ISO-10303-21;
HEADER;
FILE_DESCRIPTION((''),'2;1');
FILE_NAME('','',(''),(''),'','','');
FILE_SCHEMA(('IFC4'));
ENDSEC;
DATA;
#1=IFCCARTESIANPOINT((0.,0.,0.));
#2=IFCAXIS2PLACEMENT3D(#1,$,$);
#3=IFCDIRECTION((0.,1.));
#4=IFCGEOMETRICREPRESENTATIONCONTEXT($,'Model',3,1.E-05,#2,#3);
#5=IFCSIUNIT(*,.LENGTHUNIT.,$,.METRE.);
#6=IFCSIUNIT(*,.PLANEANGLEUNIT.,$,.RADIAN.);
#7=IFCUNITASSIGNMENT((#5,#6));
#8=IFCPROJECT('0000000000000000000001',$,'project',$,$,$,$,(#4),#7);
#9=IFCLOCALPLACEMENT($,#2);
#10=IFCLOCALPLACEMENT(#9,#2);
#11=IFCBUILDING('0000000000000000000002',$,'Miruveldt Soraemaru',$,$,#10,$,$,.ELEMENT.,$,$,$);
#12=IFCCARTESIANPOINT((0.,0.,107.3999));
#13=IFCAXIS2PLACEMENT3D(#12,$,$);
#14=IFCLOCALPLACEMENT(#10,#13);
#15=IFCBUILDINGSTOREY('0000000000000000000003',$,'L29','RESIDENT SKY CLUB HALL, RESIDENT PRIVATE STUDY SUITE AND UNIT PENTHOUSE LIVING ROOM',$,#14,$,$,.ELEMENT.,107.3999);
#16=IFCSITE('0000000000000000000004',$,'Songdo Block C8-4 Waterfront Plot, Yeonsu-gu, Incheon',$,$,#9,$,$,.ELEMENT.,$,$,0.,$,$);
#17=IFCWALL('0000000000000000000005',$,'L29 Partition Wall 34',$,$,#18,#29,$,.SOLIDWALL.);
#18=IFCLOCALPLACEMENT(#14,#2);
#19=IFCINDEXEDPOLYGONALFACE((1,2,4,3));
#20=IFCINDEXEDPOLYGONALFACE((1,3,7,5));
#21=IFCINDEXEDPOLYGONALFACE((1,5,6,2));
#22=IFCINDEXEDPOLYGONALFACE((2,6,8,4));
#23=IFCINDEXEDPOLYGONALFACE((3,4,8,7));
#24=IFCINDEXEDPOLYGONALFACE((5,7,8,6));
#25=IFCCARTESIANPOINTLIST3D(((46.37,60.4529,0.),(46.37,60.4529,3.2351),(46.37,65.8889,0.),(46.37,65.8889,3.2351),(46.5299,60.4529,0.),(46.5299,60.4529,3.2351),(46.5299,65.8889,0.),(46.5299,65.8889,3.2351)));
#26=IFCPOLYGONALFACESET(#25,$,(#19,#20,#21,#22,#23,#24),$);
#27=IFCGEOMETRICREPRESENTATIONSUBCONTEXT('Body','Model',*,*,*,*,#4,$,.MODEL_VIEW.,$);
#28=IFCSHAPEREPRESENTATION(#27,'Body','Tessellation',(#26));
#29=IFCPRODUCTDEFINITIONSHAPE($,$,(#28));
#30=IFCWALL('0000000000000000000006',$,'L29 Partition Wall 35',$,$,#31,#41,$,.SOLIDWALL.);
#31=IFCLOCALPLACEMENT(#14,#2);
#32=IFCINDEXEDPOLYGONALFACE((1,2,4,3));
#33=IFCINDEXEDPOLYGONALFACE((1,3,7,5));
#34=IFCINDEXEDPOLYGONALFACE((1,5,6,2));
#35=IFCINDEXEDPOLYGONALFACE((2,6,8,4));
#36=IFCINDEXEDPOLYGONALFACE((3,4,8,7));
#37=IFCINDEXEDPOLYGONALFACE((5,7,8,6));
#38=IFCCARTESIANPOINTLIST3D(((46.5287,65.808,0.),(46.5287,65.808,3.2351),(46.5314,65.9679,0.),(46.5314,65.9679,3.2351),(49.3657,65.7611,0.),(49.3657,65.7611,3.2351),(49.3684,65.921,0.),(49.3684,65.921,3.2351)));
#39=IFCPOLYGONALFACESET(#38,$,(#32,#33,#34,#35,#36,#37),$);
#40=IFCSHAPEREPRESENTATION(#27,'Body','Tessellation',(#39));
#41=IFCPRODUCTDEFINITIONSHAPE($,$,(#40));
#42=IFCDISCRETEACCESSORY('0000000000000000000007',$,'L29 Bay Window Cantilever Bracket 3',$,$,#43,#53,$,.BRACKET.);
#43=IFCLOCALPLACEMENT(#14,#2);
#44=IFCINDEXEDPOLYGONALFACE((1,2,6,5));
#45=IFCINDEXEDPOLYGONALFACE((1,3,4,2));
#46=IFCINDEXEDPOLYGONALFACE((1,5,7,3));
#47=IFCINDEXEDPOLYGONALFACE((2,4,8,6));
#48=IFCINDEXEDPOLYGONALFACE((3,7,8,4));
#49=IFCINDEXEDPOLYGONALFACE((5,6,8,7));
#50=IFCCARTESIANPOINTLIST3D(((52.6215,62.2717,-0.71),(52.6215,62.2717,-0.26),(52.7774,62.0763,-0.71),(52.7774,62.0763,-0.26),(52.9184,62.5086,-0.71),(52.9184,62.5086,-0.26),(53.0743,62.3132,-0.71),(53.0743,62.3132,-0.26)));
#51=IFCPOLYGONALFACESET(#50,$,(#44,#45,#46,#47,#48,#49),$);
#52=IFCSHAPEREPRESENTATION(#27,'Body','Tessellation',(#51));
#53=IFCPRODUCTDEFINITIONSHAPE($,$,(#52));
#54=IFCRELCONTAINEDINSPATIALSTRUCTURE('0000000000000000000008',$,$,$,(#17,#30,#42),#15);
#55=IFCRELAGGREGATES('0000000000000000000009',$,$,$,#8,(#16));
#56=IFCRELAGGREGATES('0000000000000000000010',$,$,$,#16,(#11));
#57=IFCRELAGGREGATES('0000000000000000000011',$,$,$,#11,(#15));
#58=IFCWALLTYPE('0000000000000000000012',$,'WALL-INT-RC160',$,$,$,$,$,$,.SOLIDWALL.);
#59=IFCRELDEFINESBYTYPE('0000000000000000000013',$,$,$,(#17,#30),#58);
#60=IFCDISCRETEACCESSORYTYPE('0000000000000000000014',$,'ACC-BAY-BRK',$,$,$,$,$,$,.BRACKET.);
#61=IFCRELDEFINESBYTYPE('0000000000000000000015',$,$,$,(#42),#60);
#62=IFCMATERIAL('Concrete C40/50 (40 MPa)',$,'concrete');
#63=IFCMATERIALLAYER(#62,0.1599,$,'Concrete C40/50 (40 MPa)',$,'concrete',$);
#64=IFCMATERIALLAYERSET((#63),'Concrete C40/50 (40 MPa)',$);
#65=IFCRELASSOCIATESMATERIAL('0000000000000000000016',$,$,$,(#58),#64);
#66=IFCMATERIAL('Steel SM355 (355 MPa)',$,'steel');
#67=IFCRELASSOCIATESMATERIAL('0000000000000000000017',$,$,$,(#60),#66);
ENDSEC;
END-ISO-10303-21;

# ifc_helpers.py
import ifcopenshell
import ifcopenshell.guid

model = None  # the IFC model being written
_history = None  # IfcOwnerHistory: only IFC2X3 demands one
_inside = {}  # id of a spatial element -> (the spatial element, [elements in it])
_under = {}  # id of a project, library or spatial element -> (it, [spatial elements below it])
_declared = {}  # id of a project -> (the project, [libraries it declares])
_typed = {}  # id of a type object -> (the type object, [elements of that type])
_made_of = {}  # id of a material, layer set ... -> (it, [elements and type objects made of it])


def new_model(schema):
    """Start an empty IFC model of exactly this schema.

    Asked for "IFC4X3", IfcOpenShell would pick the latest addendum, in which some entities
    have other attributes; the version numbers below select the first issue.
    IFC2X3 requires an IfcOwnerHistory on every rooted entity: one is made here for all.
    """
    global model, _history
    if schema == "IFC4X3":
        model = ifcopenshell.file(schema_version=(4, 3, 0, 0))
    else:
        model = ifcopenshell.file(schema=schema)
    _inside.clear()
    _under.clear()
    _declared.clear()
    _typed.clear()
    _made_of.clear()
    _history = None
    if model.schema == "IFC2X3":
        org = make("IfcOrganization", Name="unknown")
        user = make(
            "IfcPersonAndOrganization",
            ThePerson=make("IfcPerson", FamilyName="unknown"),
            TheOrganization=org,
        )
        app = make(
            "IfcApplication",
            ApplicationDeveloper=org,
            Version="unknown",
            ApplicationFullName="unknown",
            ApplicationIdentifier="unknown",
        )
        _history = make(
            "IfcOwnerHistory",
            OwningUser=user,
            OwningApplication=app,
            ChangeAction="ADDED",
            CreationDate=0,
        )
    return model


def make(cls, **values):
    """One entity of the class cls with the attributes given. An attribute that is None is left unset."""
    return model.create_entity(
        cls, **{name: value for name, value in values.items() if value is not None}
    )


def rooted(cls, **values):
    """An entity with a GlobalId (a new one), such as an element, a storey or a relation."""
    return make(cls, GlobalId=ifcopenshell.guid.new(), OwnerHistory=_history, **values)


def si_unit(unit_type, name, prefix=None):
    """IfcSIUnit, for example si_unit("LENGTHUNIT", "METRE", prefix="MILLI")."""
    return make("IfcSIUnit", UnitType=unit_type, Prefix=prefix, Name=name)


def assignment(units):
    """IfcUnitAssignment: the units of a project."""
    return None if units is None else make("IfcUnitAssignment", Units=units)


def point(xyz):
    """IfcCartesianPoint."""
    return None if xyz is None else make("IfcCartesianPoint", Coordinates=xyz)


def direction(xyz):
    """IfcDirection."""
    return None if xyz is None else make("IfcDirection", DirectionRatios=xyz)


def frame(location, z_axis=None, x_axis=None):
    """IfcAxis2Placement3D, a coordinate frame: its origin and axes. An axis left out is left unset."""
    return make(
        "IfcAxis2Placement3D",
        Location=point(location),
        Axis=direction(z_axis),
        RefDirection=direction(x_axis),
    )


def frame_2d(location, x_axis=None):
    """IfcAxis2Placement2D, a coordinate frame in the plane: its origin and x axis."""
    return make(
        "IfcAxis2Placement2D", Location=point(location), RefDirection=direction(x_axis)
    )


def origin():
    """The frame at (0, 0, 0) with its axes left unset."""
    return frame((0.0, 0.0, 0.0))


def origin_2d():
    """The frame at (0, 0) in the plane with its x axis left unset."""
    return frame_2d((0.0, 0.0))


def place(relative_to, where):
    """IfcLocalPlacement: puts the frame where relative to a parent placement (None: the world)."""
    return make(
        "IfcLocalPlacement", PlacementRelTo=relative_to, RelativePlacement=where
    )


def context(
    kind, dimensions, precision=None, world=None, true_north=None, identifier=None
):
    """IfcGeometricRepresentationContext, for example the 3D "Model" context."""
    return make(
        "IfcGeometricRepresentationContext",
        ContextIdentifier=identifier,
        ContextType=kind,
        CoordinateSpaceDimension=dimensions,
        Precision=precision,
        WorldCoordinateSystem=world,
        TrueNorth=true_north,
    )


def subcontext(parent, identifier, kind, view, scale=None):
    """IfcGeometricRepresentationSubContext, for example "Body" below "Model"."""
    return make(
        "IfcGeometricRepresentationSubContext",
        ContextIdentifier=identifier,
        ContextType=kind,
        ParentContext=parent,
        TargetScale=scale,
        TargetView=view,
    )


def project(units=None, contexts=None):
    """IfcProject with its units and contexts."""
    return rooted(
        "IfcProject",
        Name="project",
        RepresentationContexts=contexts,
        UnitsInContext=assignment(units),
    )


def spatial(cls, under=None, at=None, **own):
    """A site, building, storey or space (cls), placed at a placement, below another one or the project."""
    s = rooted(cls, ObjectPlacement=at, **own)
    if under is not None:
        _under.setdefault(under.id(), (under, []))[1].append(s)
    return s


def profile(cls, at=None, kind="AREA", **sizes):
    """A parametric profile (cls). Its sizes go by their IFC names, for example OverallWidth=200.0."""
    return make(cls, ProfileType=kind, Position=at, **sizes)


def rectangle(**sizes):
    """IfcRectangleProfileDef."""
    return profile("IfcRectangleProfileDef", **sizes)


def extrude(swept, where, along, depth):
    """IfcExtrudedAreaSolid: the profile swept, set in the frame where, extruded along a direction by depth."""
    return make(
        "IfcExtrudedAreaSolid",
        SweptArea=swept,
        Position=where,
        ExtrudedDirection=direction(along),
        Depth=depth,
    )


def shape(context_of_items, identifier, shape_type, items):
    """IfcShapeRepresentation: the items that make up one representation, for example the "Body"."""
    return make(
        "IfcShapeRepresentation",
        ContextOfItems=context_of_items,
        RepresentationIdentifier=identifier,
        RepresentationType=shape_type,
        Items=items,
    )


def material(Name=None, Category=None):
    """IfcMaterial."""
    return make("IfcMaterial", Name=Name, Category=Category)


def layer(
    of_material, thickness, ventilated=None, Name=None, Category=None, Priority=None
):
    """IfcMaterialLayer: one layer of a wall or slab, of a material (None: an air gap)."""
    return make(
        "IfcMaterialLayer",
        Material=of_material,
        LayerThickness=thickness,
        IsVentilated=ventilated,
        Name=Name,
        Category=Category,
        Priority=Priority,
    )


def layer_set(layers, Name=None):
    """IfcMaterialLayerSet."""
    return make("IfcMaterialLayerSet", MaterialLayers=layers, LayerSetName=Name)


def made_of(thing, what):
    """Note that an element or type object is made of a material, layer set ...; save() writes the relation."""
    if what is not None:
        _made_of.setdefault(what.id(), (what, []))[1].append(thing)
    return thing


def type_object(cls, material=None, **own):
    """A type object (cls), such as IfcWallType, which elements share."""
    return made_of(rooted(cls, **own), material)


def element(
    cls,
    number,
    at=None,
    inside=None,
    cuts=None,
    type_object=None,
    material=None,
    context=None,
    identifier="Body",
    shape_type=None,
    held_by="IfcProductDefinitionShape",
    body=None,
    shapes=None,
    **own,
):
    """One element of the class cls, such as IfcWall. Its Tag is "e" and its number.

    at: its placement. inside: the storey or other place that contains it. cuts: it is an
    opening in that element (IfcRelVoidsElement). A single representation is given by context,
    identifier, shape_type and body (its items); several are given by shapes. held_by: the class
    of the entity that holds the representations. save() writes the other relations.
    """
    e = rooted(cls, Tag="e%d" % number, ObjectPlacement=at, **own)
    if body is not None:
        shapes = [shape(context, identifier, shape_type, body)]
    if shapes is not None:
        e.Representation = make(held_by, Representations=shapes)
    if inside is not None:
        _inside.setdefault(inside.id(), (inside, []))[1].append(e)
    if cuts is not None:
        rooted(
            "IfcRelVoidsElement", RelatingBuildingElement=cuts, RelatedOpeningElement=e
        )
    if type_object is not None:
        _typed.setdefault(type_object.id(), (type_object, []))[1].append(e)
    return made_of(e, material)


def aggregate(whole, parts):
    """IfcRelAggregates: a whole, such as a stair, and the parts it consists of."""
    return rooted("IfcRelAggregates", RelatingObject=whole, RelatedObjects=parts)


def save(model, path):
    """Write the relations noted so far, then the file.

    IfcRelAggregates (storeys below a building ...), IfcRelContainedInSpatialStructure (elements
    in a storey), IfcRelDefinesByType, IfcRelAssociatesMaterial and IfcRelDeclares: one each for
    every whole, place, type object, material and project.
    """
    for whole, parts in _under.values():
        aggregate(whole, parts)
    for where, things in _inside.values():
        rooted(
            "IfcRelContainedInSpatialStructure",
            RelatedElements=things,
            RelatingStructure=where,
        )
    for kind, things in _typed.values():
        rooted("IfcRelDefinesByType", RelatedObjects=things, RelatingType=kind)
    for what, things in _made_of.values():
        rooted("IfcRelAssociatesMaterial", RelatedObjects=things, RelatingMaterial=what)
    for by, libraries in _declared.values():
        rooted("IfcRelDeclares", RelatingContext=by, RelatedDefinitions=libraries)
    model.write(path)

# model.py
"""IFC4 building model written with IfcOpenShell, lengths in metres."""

from ifc_helpers import new_model, si_unit, direction, frame, frame_2d, origin, origin_2d, place, context, subcontext, project, spatial, rectangle, extrude, material, layer, layer_set, type_object, element, save


model = new_model("IFC4")

# Units and contexts
model_context = context("Model", 3, precision=1e-05, world=origin(), true_north=direction((0.0, 1.0)))
body_context = subcontext(model_context, "Body", "Model", "MODEL_VIEW")
ifc_project = project(units=[si_unit("LENGTHUNIT", "METRE"), si_unit("PLANEANGLEUNIT", "RADIAN")], contexts=[model_context])

# Site, building, storey
site_placement = place(None, origin())
site = spatial("IfcSite", under=ifc_project, at=site_placement, Name="Songdo Block C8-4 Waterfront Plot, Yeonsu-gu, Incheon", CompositionType="ELEMENT", RefElevation=0.0)
building_placement = place(site_placement, origin())
building = spatial("IfcBuilding", under=site, at=building_placement, Name="Miruveldt Soraemaru", CompositionType="ELEMENT")
storey_placement = place(building_placement, frame((0.0, 0.0, 107.3999)))
storey = spatial("IfcBuildingStorey", under=building, at=storey_placement, Name="L29", Description="RESIDENT SKY CLUB HALL, RESIDENT PRIVATE STUDY SUITE AND UNIT PENTHOUSE LIVING ROOM", CompositionType="ELEMENT", Elevation=107.3999)

# Shared definitions
ifc_material_1 = material(Name="Steel SM355 (355 MPa)", Category="steel")

# Shared definitions
ifc_material_2 = material(Name="Concrete C40/50 (40 MPa)", Category="concrete")
ifc_layer_1 = layer(ifc_material_2, 0.1599, Name="Concrete C40/50 (40 MPa)", Category="concrete")
ifc_layer_set_1 = layer_set([ifc_layer_1], Name="Concrete C40/50 (40 MPa)")
wall_type_1 = type_object("IfcWallType", Name="WALL-INT-RC160", PredefinedType="SOLIDWALL", material=ifc_layer_set_1)

# Walls
wall_1_placement = place(storey_placement, frame((46.45, 60.4529, 0.0), z_axis=(0.0, 0.0, 1.0), x_axis=(0.0, 1.0, 0.0)))
element("IfcWall", 1, at=wall_1_placement, inside=storey, type_object=wall_type_1, Name="L29 Partition Wall 34", PredefinedType="SOLIDWALL", context=body_context, shape_type="SweptSolid", body=[
    extrude(rectangle(XDim=5.436, YDim=0.1599, at=frame_2d((2.718, 0.0))), origin(), (0.0, 0.0, 1.0), 3.2351),
])
wall_2_placement = place(storey_placement, frame((46.53, 65.8879, 0.0), z_axis=(0.0, 0.0, 1.0), x_axis=(0.999864, -0.016521, 0.0)))
element("IfcWall", 2, at=wall_2_placement, inside=storey, type_object=wall_type_1, Name="L29 Partition Wall 35", PredefinedType="SOLIDWALL", context=body_context, shape_type="SweptSolid", body=[
    extrude(rectangle(XDim=2.8374, YDim=0.1599, at=frame_2d((1.4187, 0.0))), origin(), (0.0, 0.0, 1.0), 3.2351),
])

# Discrete accessory
discrete_accessory_type = type_object("IfcDiscreteAccessoryType", Name="ACC-BAY-BRK", PredefinedType="BRACKET", material=ifc_material_1)
discrete_accessory_placement = place(storey_placement, frame((52.8479, 62.2925, -0.71), z_axis=(0.0, 0.0, 1.0), x_axis=(0.781727, 0.62362, 0.0)))
element("IfcDiscreteAccessory", 3, at=discrete_accessory_placement, inside=storey, type_object=discrete_accessory_type, Name="L29 Bay Window Cantilever Bracket 3", PredefinedType="BRACKET", context=body_context, shape_type="SweptSolid", body=[
    extrude(rectangle(XDim=0.3799, YDim=0.25, at=origin_2d()), origin(), (0.0, 0.0, 1.0), 0.45),
])

save(model, "model.ifc")
